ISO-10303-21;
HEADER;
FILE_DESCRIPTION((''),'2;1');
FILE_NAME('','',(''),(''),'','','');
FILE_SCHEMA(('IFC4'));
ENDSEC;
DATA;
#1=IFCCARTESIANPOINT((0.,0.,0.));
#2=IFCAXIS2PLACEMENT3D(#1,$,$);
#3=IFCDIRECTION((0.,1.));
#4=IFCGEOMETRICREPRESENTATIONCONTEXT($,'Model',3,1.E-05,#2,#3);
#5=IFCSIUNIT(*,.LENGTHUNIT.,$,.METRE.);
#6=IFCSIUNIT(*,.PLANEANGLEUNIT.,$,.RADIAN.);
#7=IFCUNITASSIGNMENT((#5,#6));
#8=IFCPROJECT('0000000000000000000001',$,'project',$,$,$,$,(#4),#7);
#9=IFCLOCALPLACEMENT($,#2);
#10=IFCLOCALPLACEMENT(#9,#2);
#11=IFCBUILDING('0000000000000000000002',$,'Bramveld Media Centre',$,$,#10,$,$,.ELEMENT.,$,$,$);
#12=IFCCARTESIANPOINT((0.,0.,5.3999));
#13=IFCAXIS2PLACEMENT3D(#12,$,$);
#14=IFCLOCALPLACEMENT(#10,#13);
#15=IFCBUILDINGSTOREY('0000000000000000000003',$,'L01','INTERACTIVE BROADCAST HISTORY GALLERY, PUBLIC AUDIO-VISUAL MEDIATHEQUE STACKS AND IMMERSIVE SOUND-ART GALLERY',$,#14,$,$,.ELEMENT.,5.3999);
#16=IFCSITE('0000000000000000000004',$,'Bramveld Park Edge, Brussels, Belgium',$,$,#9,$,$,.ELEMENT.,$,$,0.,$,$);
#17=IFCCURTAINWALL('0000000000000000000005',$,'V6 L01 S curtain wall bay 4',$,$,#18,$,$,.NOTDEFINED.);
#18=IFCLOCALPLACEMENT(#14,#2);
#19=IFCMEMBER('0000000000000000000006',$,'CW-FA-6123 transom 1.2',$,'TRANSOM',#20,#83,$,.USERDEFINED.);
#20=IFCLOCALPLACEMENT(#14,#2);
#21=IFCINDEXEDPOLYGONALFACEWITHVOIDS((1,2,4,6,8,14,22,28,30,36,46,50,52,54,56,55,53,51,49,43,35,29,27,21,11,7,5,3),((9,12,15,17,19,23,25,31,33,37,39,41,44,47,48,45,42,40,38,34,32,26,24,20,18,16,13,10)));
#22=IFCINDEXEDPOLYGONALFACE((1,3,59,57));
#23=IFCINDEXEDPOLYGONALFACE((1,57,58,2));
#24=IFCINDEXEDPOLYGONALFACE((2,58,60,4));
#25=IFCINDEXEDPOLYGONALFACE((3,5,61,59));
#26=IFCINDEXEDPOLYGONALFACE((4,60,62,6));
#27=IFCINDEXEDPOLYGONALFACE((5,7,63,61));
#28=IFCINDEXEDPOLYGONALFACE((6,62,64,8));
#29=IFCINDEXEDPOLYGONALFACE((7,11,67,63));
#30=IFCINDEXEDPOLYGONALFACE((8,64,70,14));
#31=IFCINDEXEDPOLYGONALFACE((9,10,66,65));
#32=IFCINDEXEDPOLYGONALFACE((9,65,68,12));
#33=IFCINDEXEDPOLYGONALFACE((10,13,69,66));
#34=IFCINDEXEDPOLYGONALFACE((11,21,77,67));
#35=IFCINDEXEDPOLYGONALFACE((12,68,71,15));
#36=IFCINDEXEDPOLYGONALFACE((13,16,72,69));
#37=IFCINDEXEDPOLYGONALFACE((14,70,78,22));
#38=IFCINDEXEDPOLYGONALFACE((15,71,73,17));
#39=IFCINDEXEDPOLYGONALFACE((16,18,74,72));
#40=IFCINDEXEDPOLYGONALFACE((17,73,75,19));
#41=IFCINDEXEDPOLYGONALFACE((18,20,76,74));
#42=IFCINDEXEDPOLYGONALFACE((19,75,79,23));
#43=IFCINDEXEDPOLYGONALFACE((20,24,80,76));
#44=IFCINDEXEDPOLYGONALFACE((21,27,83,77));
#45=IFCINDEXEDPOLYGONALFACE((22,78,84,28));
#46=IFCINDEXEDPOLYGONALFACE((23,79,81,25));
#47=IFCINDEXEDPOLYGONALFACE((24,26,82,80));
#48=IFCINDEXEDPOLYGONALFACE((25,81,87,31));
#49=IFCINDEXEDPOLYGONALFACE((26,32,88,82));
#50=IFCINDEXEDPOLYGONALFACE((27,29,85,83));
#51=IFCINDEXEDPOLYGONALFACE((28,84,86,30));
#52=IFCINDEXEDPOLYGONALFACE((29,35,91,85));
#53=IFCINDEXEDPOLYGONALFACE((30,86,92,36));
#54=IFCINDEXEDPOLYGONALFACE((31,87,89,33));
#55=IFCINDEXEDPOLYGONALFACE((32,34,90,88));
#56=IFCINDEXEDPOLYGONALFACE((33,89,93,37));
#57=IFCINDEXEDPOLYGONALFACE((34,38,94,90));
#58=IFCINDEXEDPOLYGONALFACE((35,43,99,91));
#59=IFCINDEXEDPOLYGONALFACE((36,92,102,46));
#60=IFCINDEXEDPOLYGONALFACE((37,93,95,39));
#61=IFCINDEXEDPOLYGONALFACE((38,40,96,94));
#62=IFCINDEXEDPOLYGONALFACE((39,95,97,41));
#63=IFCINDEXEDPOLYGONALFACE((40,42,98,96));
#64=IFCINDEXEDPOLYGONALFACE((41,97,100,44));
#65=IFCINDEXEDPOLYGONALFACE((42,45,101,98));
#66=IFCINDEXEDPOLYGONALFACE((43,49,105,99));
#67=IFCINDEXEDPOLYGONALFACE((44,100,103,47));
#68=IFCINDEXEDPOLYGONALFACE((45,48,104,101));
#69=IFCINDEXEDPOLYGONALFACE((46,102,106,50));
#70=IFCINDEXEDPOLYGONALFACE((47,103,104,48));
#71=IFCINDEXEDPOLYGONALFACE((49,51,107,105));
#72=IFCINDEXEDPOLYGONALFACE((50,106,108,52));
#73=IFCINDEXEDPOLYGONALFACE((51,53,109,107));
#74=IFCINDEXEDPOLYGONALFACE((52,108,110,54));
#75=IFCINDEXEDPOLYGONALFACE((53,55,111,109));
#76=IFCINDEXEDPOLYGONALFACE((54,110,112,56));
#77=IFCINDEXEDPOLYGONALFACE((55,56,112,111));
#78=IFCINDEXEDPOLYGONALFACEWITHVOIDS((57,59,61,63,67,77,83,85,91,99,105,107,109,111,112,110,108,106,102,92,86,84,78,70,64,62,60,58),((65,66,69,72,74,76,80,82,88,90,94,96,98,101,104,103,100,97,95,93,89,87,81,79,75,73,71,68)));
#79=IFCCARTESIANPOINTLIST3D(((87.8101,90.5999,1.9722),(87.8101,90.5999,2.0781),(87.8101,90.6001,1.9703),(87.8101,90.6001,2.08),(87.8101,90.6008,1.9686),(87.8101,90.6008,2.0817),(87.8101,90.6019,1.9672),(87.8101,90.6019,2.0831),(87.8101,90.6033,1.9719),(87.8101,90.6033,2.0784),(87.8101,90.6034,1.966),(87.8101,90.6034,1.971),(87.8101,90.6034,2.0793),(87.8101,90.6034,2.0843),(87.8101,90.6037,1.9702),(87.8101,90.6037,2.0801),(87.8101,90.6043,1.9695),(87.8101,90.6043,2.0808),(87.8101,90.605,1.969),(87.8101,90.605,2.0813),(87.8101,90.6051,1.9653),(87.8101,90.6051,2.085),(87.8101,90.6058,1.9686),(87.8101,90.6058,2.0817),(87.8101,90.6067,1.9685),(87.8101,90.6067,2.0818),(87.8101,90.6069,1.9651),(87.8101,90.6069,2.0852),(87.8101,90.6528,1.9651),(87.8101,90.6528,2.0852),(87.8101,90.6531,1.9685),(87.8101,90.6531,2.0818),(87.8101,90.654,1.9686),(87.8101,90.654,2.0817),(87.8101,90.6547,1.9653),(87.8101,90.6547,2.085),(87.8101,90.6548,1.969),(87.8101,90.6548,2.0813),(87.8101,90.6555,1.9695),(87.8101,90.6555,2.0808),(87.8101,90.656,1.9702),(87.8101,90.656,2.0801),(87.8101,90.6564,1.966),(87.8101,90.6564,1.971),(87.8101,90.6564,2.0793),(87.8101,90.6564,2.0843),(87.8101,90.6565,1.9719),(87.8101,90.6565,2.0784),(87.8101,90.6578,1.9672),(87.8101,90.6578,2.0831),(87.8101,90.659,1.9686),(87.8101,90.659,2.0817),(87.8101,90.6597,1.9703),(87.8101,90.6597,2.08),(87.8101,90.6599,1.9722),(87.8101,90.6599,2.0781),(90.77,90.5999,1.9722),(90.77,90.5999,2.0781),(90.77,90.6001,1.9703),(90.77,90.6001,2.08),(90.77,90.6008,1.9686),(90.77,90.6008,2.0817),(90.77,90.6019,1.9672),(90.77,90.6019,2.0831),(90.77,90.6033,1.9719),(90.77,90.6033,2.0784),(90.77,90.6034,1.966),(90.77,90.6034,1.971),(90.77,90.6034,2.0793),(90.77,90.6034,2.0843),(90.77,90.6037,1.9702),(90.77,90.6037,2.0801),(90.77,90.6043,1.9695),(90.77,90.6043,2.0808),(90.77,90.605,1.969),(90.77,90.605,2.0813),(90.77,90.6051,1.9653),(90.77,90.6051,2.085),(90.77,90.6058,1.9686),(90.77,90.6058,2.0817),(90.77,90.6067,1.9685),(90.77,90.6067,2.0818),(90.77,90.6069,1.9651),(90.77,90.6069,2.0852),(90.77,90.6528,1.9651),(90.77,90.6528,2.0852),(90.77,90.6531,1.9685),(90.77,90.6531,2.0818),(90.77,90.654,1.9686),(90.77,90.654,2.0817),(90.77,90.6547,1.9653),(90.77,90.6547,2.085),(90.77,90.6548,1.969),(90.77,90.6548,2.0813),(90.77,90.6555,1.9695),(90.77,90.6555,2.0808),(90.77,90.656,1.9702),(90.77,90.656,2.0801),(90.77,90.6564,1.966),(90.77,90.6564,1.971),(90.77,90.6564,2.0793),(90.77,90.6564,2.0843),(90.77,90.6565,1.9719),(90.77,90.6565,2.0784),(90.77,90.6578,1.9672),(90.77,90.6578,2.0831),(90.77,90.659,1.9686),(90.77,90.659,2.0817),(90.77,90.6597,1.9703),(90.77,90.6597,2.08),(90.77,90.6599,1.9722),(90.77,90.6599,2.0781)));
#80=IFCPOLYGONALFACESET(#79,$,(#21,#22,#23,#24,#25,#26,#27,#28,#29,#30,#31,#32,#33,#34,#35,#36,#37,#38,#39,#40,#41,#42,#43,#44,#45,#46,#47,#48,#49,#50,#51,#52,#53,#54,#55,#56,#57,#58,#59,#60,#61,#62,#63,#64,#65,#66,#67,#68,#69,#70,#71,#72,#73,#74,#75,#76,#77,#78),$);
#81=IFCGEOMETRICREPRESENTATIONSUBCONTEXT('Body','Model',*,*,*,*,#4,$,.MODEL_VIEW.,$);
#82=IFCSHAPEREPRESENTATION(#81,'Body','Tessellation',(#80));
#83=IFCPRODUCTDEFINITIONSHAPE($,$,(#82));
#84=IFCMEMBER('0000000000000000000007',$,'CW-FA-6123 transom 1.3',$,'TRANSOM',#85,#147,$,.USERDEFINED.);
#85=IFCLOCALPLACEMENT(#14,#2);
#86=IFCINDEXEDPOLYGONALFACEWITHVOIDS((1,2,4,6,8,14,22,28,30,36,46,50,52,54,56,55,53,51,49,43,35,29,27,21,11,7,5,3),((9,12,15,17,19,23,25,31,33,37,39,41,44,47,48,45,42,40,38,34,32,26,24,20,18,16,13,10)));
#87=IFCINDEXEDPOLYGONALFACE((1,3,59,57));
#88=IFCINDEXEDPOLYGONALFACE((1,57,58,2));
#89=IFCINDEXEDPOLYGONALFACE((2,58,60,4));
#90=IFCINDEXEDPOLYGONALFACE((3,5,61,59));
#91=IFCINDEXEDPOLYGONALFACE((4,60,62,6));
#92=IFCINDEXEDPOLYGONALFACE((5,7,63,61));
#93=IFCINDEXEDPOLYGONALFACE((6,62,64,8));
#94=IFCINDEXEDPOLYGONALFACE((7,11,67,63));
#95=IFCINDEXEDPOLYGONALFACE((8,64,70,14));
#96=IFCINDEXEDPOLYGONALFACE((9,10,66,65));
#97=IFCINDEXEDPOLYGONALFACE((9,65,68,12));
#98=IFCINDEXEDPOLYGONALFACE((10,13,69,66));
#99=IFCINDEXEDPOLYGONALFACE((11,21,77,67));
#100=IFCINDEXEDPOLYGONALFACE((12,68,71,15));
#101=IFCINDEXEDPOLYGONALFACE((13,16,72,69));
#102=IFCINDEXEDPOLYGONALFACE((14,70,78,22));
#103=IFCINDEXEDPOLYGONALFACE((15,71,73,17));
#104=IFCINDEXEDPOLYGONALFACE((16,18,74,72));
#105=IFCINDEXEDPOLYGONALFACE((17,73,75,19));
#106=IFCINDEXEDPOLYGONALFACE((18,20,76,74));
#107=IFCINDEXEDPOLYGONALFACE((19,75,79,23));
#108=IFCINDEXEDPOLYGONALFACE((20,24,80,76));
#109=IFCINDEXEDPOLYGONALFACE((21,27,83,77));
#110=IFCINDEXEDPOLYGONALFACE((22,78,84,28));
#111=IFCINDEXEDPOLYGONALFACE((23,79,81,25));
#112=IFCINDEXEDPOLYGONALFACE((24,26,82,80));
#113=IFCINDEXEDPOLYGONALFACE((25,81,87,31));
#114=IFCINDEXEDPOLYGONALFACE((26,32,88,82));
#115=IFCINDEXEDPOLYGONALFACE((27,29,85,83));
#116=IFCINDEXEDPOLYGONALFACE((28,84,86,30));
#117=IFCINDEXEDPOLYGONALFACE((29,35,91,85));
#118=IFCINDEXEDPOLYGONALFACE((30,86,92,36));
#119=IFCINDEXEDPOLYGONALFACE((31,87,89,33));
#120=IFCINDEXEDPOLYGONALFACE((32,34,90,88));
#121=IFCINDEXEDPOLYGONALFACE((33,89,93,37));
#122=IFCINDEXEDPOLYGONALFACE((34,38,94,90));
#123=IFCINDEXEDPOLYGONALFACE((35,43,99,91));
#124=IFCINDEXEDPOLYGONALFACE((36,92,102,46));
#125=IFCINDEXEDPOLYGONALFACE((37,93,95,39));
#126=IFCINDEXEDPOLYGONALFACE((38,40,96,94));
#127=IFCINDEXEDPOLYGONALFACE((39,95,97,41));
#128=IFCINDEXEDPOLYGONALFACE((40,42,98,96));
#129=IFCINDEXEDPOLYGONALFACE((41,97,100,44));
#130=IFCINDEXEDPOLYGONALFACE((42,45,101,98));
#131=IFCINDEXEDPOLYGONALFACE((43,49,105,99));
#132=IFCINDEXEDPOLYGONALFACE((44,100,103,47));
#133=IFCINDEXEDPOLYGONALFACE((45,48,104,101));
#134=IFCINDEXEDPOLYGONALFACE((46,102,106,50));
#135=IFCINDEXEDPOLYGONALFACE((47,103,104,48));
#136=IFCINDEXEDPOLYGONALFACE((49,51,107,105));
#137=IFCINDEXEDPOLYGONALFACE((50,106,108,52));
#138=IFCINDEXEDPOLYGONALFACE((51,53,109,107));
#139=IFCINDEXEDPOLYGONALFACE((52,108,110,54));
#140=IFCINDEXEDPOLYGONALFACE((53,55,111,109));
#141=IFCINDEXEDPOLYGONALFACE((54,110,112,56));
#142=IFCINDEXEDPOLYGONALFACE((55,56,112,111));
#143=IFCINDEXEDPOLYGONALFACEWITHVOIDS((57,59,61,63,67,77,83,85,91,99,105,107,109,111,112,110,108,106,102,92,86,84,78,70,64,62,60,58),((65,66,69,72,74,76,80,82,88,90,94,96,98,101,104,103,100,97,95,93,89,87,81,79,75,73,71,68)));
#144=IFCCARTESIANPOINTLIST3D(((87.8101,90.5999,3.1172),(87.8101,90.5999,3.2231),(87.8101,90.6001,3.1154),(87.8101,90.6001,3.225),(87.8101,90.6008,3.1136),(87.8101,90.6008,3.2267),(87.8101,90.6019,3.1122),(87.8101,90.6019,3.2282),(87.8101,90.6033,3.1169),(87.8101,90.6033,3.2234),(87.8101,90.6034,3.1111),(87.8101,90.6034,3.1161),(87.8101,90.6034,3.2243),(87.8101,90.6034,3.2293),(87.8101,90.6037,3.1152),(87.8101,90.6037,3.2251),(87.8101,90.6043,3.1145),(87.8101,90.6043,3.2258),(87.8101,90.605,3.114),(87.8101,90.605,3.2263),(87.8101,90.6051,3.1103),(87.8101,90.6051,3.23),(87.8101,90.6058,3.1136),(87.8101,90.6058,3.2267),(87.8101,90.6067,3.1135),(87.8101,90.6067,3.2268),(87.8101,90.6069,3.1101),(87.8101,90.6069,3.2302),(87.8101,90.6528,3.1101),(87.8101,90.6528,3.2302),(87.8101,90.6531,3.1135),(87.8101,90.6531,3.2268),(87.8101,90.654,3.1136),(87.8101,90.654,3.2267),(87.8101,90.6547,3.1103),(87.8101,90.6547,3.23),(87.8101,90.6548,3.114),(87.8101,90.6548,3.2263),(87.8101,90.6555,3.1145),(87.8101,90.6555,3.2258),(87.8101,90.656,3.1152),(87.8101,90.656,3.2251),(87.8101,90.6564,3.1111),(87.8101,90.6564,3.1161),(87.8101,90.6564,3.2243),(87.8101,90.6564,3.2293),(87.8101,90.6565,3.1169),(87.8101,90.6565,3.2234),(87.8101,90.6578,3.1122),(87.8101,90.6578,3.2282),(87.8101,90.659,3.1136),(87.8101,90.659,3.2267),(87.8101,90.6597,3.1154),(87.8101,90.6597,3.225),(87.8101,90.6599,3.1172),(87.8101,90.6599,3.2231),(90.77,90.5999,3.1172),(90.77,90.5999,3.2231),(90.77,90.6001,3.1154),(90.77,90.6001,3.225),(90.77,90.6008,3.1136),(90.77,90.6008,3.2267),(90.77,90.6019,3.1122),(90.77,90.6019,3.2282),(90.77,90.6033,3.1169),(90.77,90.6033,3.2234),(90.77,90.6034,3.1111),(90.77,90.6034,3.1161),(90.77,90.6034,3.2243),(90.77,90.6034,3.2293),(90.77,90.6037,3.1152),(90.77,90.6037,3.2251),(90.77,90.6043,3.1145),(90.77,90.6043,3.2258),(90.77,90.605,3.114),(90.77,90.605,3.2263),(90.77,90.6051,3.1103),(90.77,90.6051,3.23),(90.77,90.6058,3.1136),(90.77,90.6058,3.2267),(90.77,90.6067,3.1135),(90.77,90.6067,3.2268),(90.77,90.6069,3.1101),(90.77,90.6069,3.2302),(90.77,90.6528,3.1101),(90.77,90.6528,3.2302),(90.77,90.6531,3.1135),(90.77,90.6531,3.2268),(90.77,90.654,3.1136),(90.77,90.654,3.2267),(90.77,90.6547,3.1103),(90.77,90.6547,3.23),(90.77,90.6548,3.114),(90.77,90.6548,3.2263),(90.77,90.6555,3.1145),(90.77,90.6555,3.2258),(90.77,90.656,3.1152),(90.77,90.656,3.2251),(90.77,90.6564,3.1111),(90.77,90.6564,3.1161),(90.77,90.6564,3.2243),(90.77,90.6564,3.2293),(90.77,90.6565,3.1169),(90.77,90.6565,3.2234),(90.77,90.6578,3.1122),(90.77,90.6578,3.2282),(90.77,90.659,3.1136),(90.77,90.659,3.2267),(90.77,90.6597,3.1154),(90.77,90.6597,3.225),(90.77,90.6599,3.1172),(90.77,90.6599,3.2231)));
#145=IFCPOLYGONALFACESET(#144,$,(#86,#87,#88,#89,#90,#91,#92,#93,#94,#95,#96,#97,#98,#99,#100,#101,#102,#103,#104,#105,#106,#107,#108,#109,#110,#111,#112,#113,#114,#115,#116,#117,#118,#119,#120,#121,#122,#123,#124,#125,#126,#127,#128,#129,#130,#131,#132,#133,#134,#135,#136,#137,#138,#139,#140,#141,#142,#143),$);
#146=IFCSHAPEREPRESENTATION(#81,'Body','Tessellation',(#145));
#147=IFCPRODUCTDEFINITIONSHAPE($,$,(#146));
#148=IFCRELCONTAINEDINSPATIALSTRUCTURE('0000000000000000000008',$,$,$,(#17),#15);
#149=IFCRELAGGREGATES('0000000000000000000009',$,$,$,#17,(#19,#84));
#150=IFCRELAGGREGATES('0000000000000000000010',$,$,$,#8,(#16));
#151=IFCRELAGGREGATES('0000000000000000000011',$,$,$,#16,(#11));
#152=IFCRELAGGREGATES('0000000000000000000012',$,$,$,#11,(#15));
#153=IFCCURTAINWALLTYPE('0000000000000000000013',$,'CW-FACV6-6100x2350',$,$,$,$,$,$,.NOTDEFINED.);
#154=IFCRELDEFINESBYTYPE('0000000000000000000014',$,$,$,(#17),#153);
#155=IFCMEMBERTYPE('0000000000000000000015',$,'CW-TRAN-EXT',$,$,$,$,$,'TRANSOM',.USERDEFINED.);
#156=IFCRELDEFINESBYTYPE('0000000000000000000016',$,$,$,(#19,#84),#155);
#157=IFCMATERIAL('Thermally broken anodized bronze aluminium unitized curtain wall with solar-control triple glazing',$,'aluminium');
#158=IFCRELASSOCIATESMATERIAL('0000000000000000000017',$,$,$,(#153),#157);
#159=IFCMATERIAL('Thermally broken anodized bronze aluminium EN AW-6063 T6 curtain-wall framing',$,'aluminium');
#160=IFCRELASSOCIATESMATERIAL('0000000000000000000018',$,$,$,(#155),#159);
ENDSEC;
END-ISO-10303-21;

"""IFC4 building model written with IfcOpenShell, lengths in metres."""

from ifc_helpers import new_model, si_unit, direction, frame, origin, origin_2d, place, context, subcontext, project, spatial, hollow_rectangle, extrude, material, material_profile, profile_set, type_object, element, aggregate, save


model = new_model("IFC4")

# Units and contexts
model_context = context("Model", 3, precision=1e-05, world=origin(), true_north=direction((0.0, 1.0)))
body_context = subcontext(model_context, "Body", "Model", "MODEL_VIEW")
ifc_project = project(units=[si_unit("LENGTHUNIT", "METRE"), si_unit("PLANEANGLEUNIT", "RADIAN")], contexts=[model_context])

# Site, building, storey
site_placement = place(None, origin())
site = spatial("IfcSite", under=ifc_project, at=site_placement, Name="Bramveld Park Edge, Brussels, Belgium", CompositionType="ELEMENT", RefElevation=0.0)
building_placement = place(site_placement, origin())
building = spatial("IfcBuilding", under=site, at=building_placement, Name="Bramveld Media Centre", CompositionType="ELEMENT")
storey_placement = place(building_placement, frame((0.0, 0.0, 5.3999)))
storey = spatial("IfcBuildingStorey", under=building, at=storey_placement, Name="L01", Description="INTERACTIVE BROADCAST HISTORY GALLERY, PUBLIC AUDIO-VISUAL MEDIATHEQUE STACKS AND IMMERSIVE SOUND-ART GALLERY", CompositionType="ELEMENT", Elevation=5.3999)

# Curtain wall, members
ifc_material_1 = material(Name="Thermally broken anodized bronze aluminium unitized curtain wall with solar-control triple glazing", Category="aluminium")
curtain_wall_type = type_object("IfcCurtainWallType", Name="CW-FACV6-6100x2350", PredefinedType="NOTDEFINED", material=ifc_material_1)
curtain_wall_placement = place(storey_placement, origin())
curtain_wall = element("IfcCurtainWall", 1, at=curtain_wall_placement, inside=storey, type_object=curtain_wall_type, Name="V6 L01 S curtain wall bay 4", PredefinedType="NOTDEFINED")
ifc_material_2 = material(Name="Thermally broken anodized bronze aluminium EN AW-6063 T6 curtain-wall framing", Category="aluminium")
ifc_material_profile_1 = material_profile(ifc_material_2, hollow_rectangle(XDim=0.0601, YDim=0.1201, WallThickness=0.0034, InnerFilletRadius=0.0034, OuterFilletRadius=0.0071, at=origin_2d()), Name="AL-TRAN 60x120")
ifc_profile_set_1 = profile_set([ifc_material_profile_1], Name="Thermally broken anodized bronze aluminium EN AW-6063 T6 curtain-wall framing")
member_type_1 = type_object("IfcMemberType", Name="CW-TRAN-EXT", ElementType="TRANSOM", PredefinedType="USERDEFINED", material=ifc_profile_set_1)
member_1_placement = place(storey_placement, frame((87.8101, 90.6299, 2.0251), z_axis=(1.0, 0.0, 0.0), x_axis=(0.0, 1.0, 0.0)))
member_1 = element("IfcMember", 2, at=member_1_placement, type_object=member_type_1, Name="CW-FA-6123 transom 1.2", ObjectType="TRANSOM", PredefinedType="USERDEFINED", context=body_context, shape_type="SweptSolid", body=[
    extrude(hollow_rectangle(XDim=0.0601, YDim=0.1201, WallThickness=0.0034, InnerFilletRadius=0.0034, OuterFilletRadius=0.0071, at=origin_2d()), origin(), (0.0, 0.0, 1.0), 2.96),
])
member_2_placement = place(storey_placement, frame((87.8101, 90.6299, 3.1702), z_axis=(1.0, 0.0, 0.0), x_axis=(0.0, 1.0, 0.0)))
member_2 = element("IfcMember", 3, at=member_2_placement, type_object=member_type_1, Name="CW-FA-6123 transom 1.3", ObjectType="TRANSOM", PredefinedType="USERDEFINED", context=body_context, shape_type="SweptSolid", body=[
    extrude(hollow_rectangle(XDim=0.0601, YDim=0.1201, WallThickness=0.0034, InnerFilletRadius=0.0034, OuterFilletRadius=0.0071, at=origin_2d()), origin(), (0.0, 0.0, 1.0), 2.96),
])

aggregate(curtain_wall, [member_1, member_2])

save(model, "model.ifc")
